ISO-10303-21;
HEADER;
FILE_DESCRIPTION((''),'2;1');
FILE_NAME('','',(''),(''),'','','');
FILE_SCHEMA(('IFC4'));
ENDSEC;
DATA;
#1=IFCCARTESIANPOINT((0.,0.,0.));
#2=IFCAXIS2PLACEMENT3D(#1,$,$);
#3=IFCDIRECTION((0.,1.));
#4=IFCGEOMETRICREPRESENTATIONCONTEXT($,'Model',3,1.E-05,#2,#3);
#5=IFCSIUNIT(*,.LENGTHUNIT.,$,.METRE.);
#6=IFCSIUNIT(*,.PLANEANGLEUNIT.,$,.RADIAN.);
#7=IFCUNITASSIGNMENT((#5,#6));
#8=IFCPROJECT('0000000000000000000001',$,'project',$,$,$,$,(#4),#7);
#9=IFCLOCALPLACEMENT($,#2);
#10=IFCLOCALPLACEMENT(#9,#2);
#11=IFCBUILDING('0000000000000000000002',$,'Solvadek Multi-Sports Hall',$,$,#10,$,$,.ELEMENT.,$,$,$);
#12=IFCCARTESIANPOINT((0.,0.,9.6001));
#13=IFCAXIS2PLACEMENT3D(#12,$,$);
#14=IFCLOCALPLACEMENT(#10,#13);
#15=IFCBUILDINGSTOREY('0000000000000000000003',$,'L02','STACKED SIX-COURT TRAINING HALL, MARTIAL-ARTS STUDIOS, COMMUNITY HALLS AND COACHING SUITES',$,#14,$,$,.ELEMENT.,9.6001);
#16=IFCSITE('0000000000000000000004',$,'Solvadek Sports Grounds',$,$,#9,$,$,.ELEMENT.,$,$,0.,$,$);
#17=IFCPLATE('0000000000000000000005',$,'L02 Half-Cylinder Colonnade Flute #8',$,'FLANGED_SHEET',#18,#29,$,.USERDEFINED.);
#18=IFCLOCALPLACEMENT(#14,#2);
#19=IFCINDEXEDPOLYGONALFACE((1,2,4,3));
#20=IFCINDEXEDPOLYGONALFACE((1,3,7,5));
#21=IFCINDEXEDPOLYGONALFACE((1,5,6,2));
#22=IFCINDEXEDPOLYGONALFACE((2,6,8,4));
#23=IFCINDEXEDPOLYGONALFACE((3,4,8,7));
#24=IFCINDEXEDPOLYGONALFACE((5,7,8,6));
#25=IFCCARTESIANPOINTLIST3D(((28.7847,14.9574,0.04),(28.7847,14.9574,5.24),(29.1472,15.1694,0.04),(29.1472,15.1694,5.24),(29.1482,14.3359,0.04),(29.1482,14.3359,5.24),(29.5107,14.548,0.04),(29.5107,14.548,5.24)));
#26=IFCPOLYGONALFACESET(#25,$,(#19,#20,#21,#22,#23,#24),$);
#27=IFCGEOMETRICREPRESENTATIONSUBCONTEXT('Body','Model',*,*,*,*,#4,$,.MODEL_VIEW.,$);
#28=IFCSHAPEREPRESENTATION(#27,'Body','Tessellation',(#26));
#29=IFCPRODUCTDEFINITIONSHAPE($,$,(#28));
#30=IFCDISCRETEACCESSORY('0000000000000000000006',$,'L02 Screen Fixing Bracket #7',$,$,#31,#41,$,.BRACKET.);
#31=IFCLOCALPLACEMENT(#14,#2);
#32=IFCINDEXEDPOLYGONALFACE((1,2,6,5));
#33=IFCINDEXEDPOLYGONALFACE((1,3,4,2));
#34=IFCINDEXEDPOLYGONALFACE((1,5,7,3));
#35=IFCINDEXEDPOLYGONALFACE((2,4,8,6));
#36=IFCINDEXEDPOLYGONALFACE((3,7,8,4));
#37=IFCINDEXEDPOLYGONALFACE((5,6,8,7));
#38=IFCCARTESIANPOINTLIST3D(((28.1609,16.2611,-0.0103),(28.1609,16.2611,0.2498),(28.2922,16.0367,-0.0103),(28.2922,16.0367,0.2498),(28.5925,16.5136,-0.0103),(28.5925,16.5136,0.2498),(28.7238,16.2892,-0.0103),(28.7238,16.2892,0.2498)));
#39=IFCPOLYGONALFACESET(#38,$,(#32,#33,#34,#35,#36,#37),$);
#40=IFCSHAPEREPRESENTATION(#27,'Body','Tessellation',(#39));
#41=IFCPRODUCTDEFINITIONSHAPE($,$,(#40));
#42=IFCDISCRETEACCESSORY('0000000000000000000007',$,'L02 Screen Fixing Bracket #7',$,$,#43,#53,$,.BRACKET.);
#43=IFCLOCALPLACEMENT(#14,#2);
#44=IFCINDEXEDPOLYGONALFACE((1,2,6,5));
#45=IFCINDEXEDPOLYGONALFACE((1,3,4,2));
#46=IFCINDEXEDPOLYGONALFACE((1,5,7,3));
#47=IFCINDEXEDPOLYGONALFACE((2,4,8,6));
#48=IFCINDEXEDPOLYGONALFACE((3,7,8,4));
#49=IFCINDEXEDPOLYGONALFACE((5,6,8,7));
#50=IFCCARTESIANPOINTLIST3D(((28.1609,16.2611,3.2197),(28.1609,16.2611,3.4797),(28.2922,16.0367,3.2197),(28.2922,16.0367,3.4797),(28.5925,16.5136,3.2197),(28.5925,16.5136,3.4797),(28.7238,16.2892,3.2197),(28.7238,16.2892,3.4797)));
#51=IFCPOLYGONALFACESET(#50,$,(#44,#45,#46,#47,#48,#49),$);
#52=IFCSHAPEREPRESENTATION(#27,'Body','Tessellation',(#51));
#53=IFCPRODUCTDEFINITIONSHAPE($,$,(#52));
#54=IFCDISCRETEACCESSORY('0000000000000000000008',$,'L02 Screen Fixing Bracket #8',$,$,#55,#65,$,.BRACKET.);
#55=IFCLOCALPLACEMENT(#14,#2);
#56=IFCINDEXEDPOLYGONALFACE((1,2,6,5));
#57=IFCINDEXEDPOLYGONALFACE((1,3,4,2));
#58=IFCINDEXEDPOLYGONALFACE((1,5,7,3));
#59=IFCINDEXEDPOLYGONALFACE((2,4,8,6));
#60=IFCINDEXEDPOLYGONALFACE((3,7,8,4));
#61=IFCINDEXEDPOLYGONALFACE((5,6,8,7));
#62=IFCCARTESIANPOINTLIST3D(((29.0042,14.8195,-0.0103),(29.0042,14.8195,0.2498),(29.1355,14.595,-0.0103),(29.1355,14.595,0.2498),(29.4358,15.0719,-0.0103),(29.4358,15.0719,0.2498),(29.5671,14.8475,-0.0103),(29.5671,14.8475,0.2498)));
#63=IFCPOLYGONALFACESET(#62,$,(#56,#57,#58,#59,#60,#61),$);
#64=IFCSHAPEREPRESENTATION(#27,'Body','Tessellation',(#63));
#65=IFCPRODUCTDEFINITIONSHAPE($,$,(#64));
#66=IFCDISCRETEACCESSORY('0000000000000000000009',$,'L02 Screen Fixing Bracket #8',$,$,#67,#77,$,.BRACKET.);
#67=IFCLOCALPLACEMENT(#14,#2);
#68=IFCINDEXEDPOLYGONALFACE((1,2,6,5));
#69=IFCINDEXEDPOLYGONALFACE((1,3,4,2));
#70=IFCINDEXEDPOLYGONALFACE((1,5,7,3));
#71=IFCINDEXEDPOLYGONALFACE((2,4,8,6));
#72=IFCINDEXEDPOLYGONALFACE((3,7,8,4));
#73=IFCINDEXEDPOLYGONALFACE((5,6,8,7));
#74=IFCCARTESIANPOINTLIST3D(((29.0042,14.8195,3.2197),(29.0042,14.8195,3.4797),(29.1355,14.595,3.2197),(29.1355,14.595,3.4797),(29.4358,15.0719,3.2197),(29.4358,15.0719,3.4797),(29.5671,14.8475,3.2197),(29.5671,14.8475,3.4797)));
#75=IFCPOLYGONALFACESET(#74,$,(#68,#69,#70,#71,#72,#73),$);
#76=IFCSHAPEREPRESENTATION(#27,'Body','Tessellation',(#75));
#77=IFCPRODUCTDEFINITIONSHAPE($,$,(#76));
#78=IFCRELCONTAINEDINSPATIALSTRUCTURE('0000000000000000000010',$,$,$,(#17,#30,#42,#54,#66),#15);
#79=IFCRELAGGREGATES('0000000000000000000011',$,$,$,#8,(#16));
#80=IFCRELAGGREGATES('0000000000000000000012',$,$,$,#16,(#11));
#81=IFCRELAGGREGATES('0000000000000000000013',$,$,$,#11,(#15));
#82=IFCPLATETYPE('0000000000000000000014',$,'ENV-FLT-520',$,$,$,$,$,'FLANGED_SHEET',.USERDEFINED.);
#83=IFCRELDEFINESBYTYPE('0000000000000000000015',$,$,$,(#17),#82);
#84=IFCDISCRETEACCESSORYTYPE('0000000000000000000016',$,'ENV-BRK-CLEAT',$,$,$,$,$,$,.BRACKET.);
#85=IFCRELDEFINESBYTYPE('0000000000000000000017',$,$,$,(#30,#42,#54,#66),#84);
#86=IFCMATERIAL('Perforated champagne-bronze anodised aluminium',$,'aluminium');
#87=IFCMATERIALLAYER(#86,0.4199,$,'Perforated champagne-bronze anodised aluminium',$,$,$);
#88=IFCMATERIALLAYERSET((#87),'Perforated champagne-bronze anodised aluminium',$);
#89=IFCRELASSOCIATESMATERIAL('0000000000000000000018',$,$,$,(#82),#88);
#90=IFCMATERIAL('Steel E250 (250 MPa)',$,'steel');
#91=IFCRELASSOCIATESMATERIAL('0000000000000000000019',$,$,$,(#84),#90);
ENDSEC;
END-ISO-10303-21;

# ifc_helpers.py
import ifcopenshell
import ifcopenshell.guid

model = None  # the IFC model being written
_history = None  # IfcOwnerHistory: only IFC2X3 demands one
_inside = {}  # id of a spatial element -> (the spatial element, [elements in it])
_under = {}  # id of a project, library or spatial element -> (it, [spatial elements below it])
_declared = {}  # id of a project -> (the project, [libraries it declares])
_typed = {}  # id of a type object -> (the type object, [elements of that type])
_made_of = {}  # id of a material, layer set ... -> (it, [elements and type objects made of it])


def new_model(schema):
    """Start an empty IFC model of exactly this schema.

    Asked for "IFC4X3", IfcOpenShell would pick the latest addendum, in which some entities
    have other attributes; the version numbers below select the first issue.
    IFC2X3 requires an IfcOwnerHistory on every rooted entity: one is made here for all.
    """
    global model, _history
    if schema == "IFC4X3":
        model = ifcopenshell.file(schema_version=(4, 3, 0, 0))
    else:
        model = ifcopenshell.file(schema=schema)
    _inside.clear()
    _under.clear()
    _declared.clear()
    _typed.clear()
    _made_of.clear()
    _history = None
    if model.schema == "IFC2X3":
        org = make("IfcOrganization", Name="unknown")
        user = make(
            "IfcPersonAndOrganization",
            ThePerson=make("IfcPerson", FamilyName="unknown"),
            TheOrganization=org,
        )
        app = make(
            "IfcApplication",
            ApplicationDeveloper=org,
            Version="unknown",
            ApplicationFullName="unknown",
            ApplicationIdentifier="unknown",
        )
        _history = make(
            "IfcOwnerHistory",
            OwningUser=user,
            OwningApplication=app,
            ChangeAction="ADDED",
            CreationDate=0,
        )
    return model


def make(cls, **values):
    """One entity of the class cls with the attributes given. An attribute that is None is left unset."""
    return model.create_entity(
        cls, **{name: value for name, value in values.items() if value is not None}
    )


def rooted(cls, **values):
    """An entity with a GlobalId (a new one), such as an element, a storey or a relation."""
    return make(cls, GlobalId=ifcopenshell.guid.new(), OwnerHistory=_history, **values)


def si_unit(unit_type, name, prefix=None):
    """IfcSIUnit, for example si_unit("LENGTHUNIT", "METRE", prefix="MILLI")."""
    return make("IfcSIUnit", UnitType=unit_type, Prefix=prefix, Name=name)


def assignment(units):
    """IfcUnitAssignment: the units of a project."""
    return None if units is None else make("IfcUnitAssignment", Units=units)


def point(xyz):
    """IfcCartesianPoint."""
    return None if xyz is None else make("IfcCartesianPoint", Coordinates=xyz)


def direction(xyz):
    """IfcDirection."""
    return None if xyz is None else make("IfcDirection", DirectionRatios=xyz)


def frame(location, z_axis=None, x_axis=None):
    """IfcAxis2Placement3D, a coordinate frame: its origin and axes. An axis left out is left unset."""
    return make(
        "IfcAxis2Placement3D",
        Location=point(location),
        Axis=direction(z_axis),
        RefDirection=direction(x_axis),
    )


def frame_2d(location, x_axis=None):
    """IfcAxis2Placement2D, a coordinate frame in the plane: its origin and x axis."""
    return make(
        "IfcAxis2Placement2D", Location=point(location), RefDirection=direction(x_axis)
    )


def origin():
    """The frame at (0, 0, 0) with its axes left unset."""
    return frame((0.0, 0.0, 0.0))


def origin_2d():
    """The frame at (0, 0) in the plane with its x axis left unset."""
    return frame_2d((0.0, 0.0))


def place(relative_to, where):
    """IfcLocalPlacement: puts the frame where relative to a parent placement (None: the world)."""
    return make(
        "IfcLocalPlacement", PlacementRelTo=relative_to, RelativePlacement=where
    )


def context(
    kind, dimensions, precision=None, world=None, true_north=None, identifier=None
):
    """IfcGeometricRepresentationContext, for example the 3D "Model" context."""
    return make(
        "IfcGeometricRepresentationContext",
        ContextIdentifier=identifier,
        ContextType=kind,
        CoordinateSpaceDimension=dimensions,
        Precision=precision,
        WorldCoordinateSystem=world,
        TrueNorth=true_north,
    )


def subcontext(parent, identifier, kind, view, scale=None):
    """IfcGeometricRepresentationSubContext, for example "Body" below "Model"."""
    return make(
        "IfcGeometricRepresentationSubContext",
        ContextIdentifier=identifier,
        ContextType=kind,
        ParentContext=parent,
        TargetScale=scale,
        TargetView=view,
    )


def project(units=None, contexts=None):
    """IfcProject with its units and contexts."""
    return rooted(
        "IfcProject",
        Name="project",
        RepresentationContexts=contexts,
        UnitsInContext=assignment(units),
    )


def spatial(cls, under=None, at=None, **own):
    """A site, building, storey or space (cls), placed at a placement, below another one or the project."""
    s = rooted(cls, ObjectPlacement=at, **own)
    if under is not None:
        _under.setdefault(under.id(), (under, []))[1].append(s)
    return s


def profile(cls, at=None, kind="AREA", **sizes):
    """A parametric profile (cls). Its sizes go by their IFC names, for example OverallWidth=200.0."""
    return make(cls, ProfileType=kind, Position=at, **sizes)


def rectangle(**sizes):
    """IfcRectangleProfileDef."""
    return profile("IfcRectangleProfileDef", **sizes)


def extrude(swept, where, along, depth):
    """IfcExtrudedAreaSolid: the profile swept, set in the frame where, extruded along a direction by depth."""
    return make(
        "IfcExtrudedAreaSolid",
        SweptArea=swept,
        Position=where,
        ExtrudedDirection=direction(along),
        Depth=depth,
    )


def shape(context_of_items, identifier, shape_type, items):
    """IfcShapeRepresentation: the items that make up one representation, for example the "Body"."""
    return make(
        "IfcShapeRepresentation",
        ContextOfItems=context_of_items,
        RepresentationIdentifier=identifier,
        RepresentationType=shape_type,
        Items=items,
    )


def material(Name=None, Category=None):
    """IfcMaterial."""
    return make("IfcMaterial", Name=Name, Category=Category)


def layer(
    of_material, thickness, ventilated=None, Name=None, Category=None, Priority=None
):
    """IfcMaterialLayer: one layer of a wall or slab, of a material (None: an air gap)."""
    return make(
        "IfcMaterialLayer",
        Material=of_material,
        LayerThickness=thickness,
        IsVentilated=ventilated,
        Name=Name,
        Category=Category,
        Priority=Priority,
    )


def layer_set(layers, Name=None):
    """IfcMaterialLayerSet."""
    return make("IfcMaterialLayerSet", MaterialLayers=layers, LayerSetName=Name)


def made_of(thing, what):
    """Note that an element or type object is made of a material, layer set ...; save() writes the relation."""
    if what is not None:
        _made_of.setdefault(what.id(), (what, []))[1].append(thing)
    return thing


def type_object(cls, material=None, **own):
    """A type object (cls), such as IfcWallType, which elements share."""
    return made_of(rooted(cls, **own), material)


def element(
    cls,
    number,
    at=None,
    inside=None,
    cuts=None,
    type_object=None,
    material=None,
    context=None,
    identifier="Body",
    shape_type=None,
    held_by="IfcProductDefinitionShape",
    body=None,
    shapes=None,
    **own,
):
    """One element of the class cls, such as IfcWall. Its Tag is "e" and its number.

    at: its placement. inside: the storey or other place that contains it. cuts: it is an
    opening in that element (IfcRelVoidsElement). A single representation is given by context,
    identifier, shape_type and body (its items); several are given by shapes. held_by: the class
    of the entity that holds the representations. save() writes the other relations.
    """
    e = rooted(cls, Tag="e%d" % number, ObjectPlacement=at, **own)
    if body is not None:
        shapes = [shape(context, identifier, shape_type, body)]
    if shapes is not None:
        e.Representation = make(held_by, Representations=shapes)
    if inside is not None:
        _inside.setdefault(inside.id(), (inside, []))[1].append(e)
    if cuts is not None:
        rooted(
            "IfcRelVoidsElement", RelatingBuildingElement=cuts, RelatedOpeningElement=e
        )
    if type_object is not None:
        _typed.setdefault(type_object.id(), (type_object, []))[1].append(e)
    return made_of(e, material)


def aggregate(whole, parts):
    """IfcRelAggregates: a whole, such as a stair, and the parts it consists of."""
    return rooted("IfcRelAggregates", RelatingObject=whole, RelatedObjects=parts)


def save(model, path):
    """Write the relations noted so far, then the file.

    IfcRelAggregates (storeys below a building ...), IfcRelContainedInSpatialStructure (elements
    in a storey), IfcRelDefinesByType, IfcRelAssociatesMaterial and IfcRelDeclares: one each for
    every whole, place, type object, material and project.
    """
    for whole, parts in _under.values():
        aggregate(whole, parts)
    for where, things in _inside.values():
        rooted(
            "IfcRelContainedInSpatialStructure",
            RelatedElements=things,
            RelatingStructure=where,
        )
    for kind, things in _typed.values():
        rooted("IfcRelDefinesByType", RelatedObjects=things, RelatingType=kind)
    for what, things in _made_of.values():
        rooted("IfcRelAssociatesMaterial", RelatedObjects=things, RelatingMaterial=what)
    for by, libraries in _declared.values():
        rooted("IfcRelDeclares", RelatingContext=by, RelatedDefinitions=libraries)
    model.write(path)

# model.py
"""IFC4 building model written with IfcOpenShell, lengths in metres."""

from ifc_helpers import new_model, si_unit, direction, frame, origin, origin_2d, place, context, subcontext, project, spatial, rectangle, extrude, material, layer, layer_set, type_object, element, save


model = new_model("IFC4")

# Units and contexts
model_context = context("Model", 3, precision=1e-05, world=origin(), true_north=direction((0.0, 1.0)))
body_context = subcontext(model_context, "Body", "Model", "MODEL_VIEW")
ifc_project = project(units=[si_unit("LENGTHUNIT", "METRE"), si_unit("PLANEANGLEUNIT", "RADIAN")], contexts=[model_context])

# Site, building, storey
site_placement = place(None, origin())
site = spatial("IfcSite", under=ifc_project, at=site_placement, Name="Solvadek Sports Grounds", CompositionType="ELEMENT", RefElevation=0.0)
building_placement = place(site_placement, origin())
building = spatial("IfcBuilding", under=site, at=building_placement, Name="Solvadek Multi-Sports Hall", CompositionType="ELEMENT")
storey_placement = place(building_placement, frame((0.0, 0.0, 9.6001)))
storey = spatial("IfcBuildingStorey", under=building, at=storey_placement, Name="L02", Description="STACKED SIX-COURT TRAINING HALL, MARTIAL-ARTS STUDIOS, COMMUNITY HALLS AND COACHING SUITES", CompositionType="ELEMENT", Elevation=9.6001)

# Plate
ifc_material_1 = material(Name="Perforated champagne-bronze anodised aluminium", Category="aluminium")
ifc_layer_1 = layer(ifc_material_1, 0.4199, Name="Perforated champagne-bronze anodised aluminium")
ifc_layer_set_1 = layer_set([ifc_layer_1], Name="Perforated champagne-bronze anodised aluminium")
plate_type_1 = type_object("IfcPlateType", Name="ENV-FLT-520", ElementType="FLANGED_SHEET", PredefinedType="USERDEFINED", material=ifc_layer_set_1)
for number, where, z_axis, x_axis, name in (
    (1, (29.1477, 14.7527, 0.04), (0.0, 0.0, 1.0), (0.504933, -0.863158, 0.0), "L02 Half-Cylinder Colonnade Flute #8"),
):
    element("IfcPlate", number, at=place(storey_placement, frame(where, z_axis=z_axis, x_axis=x_axis)), inside=storey, type_object=plate_type_1, Name=name, ObjectType="FLANGED_SHEET", PredefinedType="USERDEFINED", context=body_context, shape_type="SweptSolid", body=[
        extrude(rectangle(XDim=0.72, YDim=0.4199, at=origin_2d()), origin(), (0.0, 0.0, 1.0), 5.2),
    ])

# Discrete accessories
ifc_material_2 = material(Name="Steel E250 (250 MPa)", Category="steel")
discrete_accessory_type = type_object("IfcDiscreteAccessoryType", Name="ENV-BRK-CLEAT", PredefinedType="BRACKET", material=ifc_material_2)
for number, where, z_axis, x_axis, name in (
    (2, (28.4424, 16.2751, -0.0103), (0.0, 0.0, 1.0), (0.504933, -0.863158, 0.0), "L02 Screen Fixing Bracket #7"),
    (3, (28.4424, 16.2751, 3.2197), (0.0, 0.0, 1.0), (0.504933, -0.863158, 0.0), "L02 Screen Fixing Bracket #7"),
    (4, (29.2856, 14.8335, -0.0103), (0.0, 0.0, 1.0), (0.504933, -0.863158, 0.0), "L02 Screen Fixing Bracket #8"),
    (5, (29.2856, 14.8335, 3.2197), (0.0, 0.0, 1.0), (0.504933, -0.863158, 0.0), "L02 Screen Fixing Bracket #8"),
):
    element("IfcDiscreteAccessory", number, at=place(storey_placement, frame(where, z_axis=z_axis, x_axis=x_axis)), inside=storey, type_object=discrete_accessory_type, Name=name, PredefinedType="BRACKET", context=body_context, shape_type="SweptSolid", body=[
        extrude(rectangle(XDim=0.26, YDim=0.5, at=origin_2d()), origin(), (0.0, 0.0, 1.0), 0.26),
    ])

save(model, "model.ifc")
